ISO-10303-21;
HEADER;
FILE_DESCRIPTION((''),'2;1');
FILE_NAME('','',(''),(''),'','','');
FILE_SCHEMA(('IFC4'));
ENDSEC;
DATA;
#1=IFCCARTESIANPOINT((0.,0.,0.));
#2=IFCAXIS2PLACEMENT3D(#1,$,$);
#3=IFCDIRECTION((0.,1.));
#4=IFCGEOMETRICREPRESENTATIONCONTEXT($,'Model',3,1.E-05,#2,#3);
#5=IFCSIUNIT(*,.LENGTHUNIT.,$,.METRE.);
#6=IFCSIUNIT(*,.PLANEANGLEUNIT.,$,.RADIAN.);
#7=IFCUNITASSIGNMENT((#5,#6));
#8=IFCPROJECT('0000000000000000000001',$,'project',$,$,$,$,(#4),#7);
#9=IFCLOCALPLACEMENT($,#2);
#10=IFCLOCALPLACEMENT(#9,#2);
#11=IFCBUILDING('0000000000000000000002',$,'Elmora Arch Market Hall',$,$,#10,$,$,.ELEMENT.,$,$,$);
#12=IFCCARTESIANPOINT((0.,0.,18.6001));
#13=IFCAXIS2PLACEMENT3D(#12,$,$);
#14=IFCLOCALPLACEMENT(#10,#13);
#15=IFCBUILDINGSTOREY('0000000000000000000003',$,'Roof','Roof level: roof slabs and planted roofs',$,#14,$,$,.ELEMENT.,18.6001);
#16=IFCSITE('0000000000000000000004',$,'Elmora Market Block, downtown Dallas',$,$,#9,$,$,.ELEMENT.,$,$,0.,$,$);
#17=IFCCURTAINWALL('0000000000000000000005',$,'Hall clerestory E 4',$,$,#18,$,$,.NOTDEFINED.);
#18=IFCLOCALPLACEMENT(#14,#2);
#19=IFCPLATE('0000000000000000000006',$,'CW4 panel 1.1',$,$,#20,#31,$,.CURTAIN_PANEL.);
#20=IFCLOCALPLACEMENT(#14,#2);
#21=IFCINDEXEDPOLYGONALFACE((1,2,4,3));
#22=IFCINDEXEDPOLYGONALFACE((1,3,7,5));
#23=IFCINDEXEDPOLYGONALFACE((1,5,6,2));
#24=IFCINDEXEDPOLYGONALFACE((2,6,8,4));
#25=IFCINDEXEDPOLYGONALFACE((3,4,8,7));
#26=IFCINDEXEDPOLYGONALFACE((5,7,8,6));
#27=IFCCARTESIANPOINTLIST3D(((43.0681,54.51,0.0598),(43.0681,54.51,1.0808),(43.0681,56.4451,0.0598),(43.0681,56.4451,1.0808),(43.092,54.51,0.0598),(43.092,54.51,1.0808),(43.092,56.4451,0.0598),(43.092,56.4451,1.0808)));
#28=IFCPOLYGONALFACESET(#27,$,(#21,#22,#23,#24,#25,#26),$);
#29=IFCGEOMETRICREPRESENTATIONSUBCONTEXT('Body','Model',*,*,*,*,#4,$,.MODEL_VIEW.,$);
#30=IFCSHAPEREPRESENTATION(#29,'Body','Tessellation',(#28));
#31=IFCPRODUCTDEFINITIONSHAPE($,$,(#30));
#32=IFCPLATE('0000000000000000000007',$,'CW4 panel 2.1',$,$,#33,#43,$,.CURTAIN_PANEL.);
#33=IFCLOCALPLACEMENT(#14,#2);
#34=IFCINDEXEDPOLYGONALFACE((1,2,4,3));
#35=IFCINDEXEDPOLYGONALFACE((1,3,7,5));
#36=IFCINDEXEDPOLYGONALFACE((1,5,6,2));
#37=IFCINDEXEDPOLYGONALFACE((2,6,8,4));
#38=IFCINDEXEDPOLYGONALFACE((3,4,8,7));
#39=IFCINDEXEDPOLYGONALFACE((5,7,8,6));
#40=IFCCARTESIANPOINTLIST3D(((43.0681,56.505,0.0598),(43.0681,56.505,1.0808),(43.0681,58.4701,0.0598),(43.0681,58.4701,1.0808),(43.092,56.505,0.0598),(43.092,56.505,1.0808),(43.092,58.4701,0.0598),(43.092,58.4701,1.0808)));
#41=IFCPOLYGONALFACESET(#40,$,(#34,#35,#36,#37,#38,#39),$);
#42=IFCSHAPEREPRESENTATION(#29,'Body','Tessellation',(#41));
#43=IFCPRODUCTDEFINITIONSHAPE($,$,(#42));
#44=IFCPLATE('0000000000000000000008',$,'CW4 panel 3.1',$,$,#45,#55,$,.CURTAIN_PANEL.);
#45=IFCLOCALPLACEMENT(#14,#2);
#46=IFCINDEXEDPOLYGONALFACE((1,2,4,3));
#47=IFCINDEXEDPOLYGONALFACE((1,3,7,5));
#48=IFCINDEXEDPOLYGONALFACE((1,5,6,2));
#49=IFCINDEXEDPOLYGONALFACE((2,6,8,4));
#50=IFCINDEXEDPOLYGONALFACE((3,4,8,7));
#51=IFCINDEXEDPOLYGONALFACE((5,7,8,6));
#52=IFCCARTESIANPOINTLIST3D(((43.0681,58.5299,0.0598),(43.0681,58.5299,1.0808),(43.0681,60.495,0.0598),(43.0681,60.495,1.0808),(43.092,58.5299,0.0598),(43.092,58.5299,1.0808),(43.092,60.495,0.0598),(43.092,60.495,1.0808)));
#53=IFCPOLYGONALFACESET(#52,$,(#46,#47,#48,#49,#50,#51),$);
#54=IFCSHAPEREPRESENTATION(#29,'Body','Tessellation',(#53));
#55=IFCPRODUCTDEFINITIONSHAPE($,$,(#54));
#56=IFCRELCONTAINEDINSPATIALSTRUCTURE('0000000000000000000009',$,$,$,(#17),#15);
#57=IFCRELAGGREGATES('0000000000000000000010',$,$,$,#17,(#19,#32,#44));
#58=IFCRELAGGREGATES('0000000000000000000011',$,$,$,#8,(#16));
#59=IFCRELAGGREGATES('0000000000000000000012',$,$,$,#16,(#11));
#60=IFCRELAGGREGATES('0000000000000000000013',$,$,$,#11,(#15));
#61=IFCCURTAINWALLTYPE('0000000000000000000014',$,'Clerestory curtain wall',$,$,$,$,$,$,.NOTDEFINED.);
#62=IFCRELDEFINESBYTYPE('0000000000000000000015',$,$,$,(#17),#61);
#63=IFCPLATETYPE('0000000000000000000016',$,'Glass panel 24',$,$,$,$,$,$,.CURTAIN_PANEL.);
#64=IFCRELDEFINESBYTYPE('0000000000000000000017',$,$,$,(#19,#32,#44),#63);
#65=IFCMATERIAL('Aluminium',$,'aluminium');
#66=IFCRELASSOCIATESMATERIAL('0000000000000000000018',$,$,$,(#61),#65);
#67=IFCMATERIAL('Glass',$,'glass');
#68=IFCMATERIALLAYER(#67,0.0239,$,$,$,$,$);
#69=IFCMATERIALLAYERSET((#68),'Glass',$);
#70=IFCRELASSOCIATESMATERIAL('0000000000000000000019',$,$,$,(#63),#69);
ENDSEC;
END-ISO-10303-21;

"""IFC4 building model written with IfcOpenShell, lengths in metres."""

from ifc_helpers import new_model, si_unit, direction, frame, origin, origin_2d, place, context, subcontext, project, spatial, rectangle, extrude, material, layer, layer_set, type_object, element, aggregate, save


model = new_model("IFC4")

# Units and contexts
model_context = context("Model", 3, precision=1e-05, world=origin(), true_north=direction((0.0, 1.0)))
body_context = subcontext(model_context, "Body", "Model", "MODEL_VIEW")
ifc_project = project(units=[si_unit("LENGTHUNIT", "METRE"), si_unit("PLANEANGLEUNIT", "RADIAN")], contexts=[model_context])

# Site, building, storey
site_placement = place(None, origin())
site = spatial("IfcSite", under=ifc_project, at=site_placement, Name="Elmora Market Block, downtown Dallas", CompositionType="ELEMENT", RefElevation=0.0)
building_placement = place(site_placement, origin())
building = spatial("IfcBuilding", under=site, at=building_placement, Name="Elmora Arch Market Hall", CompositionType="ELEMENT")
storey_placement = place(building_placement, frame((0.0, 0.0, 18.6001)))
storey = spatial("IfcBuildingStorey", under=building, at=storey_placement, Name="Roof", Description="Roof level: roof slabs and planted roofs", CompositionType="ELEMENT", Elevation=18.6001)

# Shared definitions
ifc_material_1 = material(Name="Aluminium", Category="aluminium")
curtain_wall_type = type_object("IfcCurtainWallType", Name="Clerestory curtain wall", PredefinedType="NOTDEFINED", material=ifc_material_1)

# Curtain wall
curtain_wall_1_placement = place(storey_placement, origin())
curtain_wall_1 = element("IfcCurtainWall", 1, at=curtain_wall_1_placement, inside=storey, type_object=curtain_wall_type, Name="Hall clerestory E 4", PredefinedType="NOTDEFINED")

# Plates
ifc_material_2 = material(Name="Glass", Category="glass")
ifc_layer = layer(ifc_material_2, 0.0239)
ifc_layer_set = layer_set([ifc_layer], Name="Glass")
plate_type = type_object("IfcPlateType", Name="Glass panel 24", PredefinedType="CURTAIN_PANEL", material=ifc_layer_set)
plate_1_placement = place(storey_placement, frame((43.0801, 55.4775, 0.0598), z_axis=(0.0, 0.0, 1.0), x_axis=(0.0, 1.0, 0.0)))
plate_1 = element("IfcPlate", 2, at=plate_1_placement, type_object=plate_type, Name="CW4 panel 1.1", PredefinedType="CURTAIN_PANEL", context=body_context, shape_type="SweptSolid", body=[
    extrude(rectangle(XDim=1.9351, YDim=0.0239, at=origin_2d()), origin(), (0.0, 0.0, 1.0), 1.021),
])
plate_2_placement = place(storey_placement, frame((43.0801, 57.4875, 0.0598), z_axis=(0.0, 0.0, 1.0), x_axis=(0.0, 1.0, 0.0)))
plate_2 = element("IfcPlate", 3, at=plate_2_placement, type_object=plate_type, Name="CW4 panel 2.1", PredefinedType="CURTAIN_PANEL", context=body_context, shape_type="SweptSolid", body=[
    extrude(rectangle(XDim=1.9651, YDim=0.0239, at=origin_2d()), origin(), (0.0, 0.0, 1.0), 1.021),
])
plate_3_placement = place(storey_placement, frame((43.0801, 59.5125, 0.0598), z_axis=(0.0, 0.0, 1.0), x_axis=(0.0, 1.0, 0.0)))
plate_3 = element("IfcPlate", 4, at=plate_3_placement, type_object=plate_type, Name="CW4 panel 3.1", PredefinedType="CURTAIN_PANEL", context=body_context, shape_type="SweptSolid", body=[
    extrude(rectangle(XDim=1.9651, YDim=0.0239, at=origin_2d()), origin(), (0.0, 0.0, 1.0), 1.021),
])
aggregate(curtain_wall_1, [plate_1, plate_2, plate_3])

save(model, "model.ifc")
